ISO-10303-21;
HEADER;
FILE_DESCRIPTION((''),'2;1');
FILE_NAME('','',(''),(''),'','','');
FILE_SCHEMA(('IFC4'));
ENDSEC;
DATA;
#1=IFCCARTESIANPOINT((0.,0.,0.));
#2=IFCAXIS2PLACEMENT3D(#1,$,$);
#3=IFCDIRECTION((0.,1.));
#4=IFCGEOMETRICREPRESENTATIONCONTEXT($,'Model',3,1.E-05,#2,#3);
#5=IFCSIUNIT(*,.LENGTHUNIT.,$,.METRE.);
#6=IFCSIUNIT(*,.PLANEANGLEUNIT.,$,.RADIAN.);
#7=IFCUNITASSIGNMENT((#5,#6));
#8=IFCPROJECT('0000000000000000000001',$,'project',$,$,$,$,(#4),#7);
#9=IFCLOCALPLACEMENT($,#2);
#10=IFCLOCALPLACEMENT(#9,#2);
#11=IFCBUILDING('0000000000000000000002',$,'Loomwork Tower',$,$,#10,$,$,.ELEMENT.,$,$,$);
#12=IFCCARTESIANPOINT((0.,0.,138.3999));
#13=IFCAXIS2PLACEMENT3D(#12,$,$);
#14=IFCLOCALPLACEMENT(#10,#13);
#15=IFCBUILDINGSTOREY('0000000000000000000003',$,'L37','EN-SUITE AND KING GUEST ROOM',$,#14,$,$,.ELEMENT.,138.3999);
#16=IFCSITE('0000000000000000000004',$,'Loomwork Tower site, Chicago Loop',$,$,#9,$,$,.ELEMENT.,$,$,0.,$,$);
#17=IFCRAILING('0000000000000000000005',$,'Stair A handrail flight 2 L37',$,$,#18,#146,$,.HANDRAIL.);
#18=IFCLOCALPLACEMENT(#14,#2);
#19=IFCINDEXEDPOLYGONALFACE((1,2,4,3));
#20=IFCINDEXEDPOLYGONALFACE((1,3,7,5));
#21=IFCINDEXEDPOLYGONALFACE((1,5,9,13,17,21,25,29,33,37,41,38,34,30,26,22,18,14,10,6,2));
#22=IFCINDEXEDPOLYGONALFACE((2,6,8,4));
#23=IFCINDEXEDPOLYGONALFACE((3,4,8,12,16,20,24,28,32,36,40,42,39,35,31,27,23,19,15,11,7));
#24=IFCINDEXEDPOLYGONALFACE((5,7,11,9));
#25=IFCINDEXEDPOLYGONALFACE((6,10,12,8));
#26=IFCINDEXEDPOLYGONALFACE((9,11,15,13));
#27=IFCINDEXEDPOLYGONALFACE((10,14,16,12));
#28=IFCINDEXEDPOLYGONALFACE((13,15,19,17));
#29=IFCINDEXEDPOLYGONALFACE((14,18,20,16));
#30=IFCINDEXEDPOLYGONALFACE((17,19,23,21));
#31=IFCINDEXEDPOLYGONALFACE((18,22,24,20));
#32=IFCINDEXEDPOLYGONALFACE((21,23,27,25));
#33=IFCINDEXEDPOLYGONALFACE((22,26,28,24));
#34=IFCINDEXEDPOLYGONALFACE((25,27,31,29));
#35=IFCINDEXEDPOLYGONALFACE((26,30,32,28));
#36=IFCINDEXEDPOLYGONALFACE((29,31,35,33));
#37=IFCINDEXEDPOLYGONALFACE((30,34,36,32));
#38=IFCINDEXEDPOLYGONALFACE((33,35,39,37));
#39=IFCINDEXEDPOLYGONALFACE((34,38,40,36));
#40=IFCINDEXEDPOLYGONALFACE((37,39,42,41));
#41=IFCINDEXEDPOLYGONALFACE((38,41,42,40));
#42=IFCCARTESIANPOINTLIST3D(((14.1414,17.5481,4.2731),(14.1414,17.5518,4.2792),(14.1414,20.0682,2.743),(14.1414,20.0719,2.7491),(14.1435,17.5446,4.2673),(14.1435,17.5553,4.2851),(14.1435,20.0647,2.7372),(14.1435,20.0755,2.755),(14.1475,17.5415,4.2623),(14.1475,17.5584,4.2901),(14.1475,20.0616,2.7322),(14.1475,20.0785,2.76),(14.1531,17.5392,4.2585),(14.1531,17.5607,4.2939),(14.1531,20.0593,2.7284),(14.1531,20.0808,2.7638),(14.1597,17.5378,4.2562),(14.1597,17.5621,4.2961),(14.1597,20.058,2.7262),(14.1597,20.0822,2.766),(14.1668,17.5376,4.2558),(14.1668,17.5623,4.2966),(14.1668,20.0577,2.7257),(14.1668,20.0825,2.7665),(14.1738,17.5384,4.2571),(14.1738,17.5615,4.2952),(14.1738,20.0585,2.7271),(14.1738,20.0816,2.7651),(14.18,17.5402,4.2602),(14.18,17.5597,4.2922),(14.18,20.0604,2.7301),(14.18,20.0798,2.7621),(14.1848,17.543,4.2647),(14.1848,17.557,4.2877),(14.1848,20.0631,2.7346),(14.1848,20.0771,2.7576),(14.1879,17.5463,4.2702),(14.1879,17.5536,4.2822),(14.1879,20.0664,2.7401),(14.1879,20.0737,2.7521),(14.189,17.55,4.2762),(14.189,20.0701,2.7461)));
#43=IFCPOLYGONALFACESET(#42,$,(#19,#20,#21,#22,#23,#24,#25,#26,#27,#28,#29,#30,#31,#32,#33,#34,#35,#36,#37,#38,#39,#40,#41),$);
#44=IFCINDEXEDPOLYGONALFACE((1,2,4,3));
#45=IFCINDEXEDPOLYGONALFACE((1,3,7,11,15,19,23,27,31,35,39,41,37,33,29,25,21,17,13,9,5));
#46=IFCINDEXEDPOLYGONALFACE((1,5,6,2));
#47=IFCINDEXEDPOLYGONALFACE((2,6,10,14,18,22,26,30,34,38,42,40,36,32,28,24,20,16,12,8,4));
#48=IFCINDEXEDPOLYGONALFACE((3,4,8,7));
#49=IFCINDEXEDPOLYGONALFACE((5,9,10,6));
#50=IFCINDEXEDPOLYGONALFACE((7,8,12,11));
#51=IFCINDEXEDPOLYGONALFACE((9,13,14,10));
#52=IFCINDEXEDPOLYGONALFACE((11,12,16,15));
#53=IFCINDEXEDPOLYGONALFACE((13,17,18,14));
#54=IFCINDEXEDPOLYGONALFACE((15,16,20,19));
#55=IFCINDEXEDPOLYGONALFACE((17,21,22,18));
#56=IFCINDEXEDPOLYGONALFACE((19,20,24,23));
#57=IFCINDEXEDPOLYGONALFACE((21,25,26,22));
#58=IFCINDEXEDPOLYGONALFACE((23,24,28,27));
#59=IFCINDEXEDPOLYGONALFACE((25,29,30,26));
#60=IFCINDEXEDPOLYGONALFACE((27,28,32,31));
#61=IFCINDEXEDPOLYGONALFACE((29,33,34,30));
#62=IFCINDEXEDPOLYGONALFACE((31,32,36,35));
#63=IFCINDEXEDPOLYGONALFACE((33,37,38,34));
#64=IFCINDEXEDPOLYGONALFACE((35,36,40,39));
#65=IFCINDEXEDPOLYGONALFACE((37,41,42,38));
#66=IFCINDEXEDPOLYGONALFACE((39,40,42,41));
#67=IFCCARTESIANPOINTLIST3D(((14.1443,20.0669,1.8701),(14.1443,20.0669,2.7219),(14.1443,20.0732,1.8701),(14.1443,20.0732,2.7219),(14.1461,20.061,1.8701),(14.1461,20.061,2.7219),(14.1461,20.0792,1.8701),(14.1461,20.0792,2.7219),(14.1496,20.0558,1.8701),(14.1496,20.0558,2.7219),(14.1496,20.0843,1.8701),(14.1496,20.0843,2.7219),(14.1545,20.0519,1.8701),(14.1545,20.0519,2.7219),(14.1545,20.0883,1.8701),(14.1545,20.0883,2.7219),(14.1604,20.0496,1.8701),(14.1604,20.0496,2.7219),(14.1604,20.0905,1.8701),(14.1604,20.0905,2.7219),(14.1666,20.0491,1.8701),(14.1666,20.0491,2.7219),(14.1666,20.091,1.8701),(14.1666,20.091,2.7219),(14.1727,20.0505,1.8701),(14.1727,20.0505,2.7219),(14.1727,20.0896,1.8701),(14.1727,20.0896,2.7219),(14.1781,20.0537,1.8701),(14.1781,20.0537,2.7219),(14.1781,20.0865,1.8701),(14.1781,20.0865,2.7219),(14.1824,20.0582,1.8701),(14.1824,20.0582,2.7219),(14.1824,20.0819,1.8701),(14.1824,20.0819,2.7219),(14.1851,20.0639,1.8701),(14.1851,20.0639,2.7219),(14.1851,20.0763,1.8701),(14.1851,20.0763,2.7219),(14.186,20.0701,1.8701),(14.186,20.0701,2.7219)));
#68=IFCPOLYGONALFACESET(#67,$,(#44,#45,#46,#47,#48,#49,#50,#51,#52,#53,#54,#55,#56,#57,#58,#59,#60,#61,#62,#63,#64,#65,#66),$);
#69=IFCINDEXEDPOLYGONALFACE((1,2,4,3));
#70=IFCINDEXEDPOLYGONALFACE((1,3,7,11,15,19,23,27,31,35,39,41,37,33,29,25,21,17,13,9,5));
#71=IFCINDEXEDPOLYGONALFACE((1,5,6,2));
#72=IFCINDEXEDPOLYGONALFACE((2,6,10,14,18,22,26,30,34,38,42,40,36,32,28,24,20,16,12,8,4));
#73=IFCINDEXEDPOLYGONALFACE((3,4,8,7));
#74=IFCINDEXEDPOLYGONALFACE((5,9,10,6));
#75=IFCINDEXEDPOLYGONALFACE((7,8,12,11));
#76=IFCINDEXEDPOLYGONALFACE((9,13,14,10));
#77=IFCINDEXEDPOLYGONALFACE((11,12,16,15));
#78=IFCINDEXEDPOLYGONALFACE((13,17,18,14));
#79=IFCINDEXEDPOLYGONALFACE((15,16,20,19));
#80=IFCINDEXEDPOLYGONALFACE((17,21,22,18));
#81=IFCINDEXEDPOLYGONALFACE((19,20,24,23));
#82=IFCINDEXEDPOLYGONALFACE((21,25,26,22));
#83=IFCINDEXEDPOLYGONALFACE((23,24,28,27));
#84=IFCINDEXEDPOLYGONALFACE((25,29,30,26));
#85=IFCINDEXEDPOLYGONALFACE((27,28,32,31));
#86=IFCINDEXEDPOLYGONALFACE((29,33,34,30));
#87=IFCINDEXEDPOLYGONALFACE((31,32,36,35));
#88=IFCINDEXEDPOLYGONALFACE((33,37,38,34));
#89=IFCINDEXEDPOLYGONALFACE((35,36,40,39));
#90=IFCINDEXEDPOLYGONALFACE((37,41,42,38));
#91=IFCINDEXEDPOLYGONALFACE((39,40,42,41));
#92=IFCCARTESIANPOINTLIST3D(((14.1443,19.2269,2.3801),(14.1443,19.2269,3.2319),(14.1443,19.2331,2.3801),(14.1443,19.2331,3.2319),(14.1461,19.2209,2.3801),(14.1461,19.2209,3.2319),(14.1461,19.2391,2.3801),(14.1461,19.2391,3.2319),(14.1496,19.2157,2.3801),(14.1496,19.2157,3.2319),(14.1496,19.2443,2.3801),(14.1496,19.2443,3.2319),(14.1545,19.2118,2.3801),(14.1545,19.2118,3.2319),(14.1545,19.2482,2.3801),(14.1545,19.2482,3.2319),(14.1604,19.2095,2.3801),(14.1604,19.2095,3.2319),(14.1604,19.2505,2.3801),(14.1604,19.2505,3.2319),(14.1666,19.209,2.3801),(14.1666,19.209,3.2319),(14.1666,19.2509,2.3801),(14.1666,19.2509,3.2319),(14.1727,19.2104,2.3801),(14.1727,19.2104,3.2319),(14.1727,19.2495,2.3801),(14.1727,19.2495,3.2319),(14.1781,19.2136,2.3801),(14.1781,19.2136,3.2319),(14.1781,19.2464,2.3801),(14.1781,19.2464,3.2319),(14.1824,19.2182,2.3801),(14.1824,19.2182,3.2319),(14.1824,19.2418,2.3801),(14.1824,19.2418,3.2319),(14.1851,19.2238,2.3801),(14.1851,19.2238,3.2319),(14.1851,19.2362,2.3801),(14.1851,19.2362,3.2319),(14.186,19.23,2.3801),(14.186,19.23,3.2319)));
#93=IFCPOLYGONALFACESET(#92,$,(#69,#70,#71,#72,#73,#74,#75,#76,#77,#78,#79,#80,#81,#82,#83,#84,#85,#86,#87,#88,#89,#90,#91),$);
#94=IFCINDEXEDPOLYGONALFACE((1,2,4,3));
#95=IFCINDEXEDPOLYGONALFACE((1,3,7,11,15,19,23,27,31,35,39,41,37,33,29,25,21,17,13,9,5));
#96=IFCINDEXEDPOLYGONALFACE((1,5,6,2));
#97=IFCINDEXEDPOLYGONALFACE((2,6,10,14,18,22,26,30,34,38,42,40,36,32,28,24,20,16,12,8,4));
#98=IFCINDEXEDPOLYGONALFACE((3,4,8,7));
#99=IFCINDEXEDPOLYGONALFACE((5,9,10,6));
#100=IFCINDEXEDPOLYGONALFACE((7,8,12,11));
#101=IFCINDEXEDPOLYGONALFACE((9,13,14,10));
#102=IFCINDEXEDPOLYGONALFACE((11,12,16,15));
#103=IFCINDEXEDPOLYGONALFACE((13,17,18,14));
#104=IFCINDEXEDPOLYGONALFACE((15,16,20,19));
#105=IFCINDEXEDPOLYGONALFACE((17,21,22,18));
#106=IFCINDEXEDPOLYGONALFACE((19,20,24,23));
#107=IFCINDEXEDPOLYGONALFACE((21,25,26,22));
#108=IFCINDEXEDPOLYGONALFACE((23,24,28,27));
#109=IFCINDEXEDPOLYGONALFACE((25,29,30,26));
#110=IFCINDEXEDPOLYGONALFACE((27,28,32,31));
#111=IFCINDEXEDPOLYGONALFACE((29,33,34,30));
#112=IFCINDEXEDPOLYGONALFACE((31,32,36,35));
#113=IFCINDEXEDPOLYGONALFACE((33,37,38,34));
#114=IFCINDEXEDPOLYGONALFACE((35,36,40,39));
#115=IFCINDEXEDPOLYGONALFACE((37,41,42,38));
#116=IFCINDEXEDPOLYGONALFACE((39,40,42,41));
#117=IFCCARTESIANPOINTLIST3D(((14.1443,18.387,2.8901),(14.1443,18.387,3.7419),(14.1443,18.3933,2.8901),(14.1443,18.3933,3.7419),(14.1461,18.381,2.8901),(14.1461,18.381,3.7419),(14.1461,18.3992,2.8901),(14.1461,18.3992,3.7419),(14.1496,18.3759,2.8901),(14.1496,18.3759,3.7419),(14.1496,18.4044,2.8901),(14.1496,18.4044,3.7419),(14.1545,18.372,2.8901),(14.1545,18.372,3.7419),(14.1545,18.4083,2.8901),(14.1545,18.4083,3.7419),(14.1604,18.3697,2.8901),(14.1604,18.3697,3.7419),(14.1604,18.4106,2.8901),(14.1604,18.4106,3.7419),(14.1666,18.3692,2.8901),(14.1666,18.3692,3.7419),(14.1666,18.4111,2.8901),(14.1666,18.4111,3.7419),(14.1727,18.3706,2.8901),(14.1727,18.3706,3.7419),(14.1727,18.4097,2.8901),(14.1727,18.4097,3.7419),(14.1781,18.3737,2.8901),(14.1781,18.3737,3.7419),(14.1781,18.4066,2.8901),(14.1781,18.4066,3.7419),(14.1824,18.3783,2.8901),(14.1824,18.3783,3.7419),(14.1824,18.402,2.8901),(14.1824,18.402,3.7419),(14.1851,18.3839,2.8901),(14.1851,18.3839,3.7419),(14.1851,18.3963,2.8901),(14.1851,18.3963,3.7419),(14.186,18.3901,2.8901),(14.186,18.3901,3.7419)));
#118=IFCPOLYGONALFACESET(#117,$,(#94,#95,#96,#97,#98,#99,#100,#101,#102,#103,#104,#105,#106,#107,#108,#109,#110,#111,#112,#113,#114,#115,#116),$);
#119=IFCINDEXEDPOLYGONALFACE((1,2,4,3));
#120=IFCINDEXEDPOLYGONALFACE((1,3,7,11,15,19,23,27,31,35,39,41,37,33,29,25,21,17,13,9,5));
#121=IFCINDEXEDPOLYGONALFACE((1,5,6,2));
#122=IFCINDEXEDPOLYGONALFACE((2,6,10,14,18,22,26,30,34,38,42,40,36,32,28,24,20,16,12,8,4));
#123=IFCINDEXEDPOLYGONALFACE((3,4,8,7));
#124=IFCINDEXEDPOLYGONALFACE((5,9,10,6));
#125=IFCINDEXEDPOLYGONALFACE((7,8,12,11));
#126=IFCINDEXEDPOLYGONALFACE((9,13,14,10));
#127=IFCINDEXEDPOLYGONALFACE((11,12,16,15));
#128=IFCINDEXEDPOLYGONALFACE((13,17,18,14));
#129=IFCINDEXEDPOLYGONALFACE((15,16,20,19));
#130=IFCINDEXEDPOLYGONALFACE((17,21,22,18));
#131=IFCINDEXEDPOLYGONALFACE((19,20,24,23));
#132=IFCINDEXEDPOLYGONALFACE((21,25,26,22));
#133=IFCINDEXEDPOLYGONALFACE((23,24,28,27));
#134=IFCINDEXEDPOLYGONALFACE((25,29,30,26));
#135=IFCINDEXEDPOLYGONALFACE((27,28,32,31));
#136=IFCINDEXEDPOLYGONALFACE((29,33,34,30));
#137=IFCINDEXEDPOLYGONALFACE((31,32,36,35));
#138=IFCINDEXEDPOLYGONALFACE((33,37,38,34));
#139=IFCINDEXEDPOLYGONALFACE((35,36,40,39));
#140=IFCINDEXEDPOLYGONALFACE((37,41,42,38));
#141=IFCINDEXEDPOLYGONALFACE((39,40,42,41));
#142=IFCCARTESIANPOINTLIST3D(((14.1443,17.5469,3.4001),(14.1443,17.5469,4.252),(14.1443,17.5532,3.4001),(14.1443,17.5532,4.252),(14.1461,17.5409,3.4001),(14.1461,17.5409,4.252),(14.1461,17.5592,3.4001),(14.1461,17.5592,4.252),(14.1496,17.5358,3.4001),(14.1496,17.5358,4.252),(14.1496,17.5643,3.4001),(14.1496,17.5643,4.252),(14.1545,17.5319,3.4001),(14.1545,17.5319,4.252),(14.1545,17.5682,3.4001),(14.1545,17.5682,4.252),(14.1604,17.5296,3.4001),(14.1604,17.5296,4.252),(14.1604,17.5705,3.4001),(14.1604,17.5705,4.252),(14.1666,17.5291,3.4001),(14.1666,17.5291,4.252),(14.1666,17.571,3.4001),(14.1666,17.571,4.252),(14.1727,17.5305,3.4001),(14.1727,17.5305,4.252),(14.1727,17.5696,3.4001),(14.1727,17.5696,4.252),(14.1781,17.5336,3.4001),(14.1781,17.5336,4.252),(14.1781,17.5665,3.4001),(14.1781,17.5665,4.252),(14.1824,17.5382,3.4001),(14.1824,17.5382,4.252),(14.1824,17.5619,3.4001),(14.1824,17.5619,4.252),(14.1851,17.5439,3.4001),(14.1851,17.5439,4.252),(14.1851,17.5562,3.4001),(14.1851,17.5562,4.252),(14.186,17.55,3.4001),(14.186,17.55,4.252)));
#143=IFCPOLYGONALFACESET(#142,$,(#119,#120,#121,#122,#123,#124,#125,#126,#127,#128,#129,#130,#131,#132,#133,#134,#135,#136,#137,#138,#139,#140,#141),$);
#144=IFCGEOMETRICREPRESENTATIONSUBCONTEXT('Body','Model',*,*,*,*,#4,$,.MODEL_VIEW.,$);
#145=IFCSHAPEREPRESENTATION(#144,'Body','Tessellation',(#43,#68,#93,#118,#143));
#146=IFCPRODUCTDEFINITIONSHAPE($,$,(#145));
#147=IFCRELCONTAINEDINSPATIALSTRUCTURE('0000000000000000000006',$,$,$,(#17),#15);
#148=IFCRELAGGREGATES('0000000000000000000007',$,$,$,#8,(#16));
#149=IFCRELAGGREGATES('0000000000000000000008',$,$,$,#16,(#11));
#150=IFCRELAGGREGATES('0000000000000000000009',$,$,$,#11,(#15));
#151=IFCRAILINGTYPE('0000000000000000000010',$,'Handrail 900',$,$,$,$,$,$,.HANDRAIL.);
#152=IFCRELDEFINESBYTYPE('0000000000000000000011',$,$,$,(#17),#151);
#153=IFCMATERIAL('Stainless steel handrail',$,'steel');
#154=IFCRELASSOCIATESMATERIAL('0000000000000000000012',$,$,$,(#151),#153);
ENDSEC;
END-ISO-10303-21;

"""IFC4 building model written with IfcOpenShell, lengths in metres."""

from ifc_helpers import new_model, si_unit, direction, frame, origin, origin_2d, place, context, subcontext, project, spatial, circle, extrude, material, type_object, element, save


model = new_model("IFC4")

# Units and contexts
model_context = context("Model", 3, precision=1e-05, world=origin(), true_north=direction((0.0, 1.0)))
body_context = subcontext(model_context, "Body", "Model", "MODEL_VIEW")
ifc_project = project(units=[si_unit("LENGTHUNIT", "METRE"), si_unit("PLANEANGLEUNIT", "RADIAN")], contexts=[model_context])

# Site, building, storey
site_placement = place(None, origin())
site = spatial("IfcSite", under=ifc_project, at=site_placement, Name="Loomwork Tower site, Chicago Loop", CompositionType="ELEMENT", RefElevation=0.0)
building_placement = place(site_placement, origin())
building = spatial("IfcBuilding", under=site, at=building_placement, Name="Loomwork Tower", CompositionType="ELEMENT")
storey_placement = place(building_placement, frame((0.0, 0.0, 138.3999)))
storey = spatial("IfcBuildingStorey", under=building, at=storey_placement, Name="L37", Description="EN-SUITE AND KING GUEST ROOM", CompositionType="ELEMENT", Elevation=138.3999)

# Railing
ifc_material_1 = material(Name="Stainless steel handrail", Category="steel")
railing_type = type_object("IfcRailingType", Name="Handrail 900", PredefinedType="HANDRAIL", material=ifc_material_1)
railing_placement = place(storey_placement, frame((14.165, 20.0701, 1.8701)))
element("IfcRailing", 1, at=railing_placement, inside=storey, type_object=railing_type, Name="Stair A handrail flight 2 L37", PredefinedType="HANDRAIL", context=body_context, shape_type="SweptSolid", body=[
    extrude(circle(Radius=0.0239, at=origin_2d()), frame((0.0, 0.0, 0.876), z_axis=(0.0, -0.854785, 0.518982), x_axis=(1.0, 0.0, 0.0)), (0.0, 0.0, 1.0), 2.9482),
    extrude(circle(Radius=0.021, at=origin_2d()), origin(), (0.0, 0.0, 1.0), 0.8518),
    extrude(circle(Radius=0.021, at=origin_2d()), frame((0.0, -0.8401, 0.51)), (0.0, 0.0, 1.0), 0.8518),
    extrude(circle(Radius=0.021, at=origin_2d()), frame((0.0, -1.6799, 1.02)), (0.0, 0.0, 1.0), 0.8518),
    extrude(circle(Radius=0.021, at=origin_2d()), frame((0.0, -2.52, 1.53)), (0.0, 0.0, 1.0), 0.8518),
])

save(model, "model.ifc")
